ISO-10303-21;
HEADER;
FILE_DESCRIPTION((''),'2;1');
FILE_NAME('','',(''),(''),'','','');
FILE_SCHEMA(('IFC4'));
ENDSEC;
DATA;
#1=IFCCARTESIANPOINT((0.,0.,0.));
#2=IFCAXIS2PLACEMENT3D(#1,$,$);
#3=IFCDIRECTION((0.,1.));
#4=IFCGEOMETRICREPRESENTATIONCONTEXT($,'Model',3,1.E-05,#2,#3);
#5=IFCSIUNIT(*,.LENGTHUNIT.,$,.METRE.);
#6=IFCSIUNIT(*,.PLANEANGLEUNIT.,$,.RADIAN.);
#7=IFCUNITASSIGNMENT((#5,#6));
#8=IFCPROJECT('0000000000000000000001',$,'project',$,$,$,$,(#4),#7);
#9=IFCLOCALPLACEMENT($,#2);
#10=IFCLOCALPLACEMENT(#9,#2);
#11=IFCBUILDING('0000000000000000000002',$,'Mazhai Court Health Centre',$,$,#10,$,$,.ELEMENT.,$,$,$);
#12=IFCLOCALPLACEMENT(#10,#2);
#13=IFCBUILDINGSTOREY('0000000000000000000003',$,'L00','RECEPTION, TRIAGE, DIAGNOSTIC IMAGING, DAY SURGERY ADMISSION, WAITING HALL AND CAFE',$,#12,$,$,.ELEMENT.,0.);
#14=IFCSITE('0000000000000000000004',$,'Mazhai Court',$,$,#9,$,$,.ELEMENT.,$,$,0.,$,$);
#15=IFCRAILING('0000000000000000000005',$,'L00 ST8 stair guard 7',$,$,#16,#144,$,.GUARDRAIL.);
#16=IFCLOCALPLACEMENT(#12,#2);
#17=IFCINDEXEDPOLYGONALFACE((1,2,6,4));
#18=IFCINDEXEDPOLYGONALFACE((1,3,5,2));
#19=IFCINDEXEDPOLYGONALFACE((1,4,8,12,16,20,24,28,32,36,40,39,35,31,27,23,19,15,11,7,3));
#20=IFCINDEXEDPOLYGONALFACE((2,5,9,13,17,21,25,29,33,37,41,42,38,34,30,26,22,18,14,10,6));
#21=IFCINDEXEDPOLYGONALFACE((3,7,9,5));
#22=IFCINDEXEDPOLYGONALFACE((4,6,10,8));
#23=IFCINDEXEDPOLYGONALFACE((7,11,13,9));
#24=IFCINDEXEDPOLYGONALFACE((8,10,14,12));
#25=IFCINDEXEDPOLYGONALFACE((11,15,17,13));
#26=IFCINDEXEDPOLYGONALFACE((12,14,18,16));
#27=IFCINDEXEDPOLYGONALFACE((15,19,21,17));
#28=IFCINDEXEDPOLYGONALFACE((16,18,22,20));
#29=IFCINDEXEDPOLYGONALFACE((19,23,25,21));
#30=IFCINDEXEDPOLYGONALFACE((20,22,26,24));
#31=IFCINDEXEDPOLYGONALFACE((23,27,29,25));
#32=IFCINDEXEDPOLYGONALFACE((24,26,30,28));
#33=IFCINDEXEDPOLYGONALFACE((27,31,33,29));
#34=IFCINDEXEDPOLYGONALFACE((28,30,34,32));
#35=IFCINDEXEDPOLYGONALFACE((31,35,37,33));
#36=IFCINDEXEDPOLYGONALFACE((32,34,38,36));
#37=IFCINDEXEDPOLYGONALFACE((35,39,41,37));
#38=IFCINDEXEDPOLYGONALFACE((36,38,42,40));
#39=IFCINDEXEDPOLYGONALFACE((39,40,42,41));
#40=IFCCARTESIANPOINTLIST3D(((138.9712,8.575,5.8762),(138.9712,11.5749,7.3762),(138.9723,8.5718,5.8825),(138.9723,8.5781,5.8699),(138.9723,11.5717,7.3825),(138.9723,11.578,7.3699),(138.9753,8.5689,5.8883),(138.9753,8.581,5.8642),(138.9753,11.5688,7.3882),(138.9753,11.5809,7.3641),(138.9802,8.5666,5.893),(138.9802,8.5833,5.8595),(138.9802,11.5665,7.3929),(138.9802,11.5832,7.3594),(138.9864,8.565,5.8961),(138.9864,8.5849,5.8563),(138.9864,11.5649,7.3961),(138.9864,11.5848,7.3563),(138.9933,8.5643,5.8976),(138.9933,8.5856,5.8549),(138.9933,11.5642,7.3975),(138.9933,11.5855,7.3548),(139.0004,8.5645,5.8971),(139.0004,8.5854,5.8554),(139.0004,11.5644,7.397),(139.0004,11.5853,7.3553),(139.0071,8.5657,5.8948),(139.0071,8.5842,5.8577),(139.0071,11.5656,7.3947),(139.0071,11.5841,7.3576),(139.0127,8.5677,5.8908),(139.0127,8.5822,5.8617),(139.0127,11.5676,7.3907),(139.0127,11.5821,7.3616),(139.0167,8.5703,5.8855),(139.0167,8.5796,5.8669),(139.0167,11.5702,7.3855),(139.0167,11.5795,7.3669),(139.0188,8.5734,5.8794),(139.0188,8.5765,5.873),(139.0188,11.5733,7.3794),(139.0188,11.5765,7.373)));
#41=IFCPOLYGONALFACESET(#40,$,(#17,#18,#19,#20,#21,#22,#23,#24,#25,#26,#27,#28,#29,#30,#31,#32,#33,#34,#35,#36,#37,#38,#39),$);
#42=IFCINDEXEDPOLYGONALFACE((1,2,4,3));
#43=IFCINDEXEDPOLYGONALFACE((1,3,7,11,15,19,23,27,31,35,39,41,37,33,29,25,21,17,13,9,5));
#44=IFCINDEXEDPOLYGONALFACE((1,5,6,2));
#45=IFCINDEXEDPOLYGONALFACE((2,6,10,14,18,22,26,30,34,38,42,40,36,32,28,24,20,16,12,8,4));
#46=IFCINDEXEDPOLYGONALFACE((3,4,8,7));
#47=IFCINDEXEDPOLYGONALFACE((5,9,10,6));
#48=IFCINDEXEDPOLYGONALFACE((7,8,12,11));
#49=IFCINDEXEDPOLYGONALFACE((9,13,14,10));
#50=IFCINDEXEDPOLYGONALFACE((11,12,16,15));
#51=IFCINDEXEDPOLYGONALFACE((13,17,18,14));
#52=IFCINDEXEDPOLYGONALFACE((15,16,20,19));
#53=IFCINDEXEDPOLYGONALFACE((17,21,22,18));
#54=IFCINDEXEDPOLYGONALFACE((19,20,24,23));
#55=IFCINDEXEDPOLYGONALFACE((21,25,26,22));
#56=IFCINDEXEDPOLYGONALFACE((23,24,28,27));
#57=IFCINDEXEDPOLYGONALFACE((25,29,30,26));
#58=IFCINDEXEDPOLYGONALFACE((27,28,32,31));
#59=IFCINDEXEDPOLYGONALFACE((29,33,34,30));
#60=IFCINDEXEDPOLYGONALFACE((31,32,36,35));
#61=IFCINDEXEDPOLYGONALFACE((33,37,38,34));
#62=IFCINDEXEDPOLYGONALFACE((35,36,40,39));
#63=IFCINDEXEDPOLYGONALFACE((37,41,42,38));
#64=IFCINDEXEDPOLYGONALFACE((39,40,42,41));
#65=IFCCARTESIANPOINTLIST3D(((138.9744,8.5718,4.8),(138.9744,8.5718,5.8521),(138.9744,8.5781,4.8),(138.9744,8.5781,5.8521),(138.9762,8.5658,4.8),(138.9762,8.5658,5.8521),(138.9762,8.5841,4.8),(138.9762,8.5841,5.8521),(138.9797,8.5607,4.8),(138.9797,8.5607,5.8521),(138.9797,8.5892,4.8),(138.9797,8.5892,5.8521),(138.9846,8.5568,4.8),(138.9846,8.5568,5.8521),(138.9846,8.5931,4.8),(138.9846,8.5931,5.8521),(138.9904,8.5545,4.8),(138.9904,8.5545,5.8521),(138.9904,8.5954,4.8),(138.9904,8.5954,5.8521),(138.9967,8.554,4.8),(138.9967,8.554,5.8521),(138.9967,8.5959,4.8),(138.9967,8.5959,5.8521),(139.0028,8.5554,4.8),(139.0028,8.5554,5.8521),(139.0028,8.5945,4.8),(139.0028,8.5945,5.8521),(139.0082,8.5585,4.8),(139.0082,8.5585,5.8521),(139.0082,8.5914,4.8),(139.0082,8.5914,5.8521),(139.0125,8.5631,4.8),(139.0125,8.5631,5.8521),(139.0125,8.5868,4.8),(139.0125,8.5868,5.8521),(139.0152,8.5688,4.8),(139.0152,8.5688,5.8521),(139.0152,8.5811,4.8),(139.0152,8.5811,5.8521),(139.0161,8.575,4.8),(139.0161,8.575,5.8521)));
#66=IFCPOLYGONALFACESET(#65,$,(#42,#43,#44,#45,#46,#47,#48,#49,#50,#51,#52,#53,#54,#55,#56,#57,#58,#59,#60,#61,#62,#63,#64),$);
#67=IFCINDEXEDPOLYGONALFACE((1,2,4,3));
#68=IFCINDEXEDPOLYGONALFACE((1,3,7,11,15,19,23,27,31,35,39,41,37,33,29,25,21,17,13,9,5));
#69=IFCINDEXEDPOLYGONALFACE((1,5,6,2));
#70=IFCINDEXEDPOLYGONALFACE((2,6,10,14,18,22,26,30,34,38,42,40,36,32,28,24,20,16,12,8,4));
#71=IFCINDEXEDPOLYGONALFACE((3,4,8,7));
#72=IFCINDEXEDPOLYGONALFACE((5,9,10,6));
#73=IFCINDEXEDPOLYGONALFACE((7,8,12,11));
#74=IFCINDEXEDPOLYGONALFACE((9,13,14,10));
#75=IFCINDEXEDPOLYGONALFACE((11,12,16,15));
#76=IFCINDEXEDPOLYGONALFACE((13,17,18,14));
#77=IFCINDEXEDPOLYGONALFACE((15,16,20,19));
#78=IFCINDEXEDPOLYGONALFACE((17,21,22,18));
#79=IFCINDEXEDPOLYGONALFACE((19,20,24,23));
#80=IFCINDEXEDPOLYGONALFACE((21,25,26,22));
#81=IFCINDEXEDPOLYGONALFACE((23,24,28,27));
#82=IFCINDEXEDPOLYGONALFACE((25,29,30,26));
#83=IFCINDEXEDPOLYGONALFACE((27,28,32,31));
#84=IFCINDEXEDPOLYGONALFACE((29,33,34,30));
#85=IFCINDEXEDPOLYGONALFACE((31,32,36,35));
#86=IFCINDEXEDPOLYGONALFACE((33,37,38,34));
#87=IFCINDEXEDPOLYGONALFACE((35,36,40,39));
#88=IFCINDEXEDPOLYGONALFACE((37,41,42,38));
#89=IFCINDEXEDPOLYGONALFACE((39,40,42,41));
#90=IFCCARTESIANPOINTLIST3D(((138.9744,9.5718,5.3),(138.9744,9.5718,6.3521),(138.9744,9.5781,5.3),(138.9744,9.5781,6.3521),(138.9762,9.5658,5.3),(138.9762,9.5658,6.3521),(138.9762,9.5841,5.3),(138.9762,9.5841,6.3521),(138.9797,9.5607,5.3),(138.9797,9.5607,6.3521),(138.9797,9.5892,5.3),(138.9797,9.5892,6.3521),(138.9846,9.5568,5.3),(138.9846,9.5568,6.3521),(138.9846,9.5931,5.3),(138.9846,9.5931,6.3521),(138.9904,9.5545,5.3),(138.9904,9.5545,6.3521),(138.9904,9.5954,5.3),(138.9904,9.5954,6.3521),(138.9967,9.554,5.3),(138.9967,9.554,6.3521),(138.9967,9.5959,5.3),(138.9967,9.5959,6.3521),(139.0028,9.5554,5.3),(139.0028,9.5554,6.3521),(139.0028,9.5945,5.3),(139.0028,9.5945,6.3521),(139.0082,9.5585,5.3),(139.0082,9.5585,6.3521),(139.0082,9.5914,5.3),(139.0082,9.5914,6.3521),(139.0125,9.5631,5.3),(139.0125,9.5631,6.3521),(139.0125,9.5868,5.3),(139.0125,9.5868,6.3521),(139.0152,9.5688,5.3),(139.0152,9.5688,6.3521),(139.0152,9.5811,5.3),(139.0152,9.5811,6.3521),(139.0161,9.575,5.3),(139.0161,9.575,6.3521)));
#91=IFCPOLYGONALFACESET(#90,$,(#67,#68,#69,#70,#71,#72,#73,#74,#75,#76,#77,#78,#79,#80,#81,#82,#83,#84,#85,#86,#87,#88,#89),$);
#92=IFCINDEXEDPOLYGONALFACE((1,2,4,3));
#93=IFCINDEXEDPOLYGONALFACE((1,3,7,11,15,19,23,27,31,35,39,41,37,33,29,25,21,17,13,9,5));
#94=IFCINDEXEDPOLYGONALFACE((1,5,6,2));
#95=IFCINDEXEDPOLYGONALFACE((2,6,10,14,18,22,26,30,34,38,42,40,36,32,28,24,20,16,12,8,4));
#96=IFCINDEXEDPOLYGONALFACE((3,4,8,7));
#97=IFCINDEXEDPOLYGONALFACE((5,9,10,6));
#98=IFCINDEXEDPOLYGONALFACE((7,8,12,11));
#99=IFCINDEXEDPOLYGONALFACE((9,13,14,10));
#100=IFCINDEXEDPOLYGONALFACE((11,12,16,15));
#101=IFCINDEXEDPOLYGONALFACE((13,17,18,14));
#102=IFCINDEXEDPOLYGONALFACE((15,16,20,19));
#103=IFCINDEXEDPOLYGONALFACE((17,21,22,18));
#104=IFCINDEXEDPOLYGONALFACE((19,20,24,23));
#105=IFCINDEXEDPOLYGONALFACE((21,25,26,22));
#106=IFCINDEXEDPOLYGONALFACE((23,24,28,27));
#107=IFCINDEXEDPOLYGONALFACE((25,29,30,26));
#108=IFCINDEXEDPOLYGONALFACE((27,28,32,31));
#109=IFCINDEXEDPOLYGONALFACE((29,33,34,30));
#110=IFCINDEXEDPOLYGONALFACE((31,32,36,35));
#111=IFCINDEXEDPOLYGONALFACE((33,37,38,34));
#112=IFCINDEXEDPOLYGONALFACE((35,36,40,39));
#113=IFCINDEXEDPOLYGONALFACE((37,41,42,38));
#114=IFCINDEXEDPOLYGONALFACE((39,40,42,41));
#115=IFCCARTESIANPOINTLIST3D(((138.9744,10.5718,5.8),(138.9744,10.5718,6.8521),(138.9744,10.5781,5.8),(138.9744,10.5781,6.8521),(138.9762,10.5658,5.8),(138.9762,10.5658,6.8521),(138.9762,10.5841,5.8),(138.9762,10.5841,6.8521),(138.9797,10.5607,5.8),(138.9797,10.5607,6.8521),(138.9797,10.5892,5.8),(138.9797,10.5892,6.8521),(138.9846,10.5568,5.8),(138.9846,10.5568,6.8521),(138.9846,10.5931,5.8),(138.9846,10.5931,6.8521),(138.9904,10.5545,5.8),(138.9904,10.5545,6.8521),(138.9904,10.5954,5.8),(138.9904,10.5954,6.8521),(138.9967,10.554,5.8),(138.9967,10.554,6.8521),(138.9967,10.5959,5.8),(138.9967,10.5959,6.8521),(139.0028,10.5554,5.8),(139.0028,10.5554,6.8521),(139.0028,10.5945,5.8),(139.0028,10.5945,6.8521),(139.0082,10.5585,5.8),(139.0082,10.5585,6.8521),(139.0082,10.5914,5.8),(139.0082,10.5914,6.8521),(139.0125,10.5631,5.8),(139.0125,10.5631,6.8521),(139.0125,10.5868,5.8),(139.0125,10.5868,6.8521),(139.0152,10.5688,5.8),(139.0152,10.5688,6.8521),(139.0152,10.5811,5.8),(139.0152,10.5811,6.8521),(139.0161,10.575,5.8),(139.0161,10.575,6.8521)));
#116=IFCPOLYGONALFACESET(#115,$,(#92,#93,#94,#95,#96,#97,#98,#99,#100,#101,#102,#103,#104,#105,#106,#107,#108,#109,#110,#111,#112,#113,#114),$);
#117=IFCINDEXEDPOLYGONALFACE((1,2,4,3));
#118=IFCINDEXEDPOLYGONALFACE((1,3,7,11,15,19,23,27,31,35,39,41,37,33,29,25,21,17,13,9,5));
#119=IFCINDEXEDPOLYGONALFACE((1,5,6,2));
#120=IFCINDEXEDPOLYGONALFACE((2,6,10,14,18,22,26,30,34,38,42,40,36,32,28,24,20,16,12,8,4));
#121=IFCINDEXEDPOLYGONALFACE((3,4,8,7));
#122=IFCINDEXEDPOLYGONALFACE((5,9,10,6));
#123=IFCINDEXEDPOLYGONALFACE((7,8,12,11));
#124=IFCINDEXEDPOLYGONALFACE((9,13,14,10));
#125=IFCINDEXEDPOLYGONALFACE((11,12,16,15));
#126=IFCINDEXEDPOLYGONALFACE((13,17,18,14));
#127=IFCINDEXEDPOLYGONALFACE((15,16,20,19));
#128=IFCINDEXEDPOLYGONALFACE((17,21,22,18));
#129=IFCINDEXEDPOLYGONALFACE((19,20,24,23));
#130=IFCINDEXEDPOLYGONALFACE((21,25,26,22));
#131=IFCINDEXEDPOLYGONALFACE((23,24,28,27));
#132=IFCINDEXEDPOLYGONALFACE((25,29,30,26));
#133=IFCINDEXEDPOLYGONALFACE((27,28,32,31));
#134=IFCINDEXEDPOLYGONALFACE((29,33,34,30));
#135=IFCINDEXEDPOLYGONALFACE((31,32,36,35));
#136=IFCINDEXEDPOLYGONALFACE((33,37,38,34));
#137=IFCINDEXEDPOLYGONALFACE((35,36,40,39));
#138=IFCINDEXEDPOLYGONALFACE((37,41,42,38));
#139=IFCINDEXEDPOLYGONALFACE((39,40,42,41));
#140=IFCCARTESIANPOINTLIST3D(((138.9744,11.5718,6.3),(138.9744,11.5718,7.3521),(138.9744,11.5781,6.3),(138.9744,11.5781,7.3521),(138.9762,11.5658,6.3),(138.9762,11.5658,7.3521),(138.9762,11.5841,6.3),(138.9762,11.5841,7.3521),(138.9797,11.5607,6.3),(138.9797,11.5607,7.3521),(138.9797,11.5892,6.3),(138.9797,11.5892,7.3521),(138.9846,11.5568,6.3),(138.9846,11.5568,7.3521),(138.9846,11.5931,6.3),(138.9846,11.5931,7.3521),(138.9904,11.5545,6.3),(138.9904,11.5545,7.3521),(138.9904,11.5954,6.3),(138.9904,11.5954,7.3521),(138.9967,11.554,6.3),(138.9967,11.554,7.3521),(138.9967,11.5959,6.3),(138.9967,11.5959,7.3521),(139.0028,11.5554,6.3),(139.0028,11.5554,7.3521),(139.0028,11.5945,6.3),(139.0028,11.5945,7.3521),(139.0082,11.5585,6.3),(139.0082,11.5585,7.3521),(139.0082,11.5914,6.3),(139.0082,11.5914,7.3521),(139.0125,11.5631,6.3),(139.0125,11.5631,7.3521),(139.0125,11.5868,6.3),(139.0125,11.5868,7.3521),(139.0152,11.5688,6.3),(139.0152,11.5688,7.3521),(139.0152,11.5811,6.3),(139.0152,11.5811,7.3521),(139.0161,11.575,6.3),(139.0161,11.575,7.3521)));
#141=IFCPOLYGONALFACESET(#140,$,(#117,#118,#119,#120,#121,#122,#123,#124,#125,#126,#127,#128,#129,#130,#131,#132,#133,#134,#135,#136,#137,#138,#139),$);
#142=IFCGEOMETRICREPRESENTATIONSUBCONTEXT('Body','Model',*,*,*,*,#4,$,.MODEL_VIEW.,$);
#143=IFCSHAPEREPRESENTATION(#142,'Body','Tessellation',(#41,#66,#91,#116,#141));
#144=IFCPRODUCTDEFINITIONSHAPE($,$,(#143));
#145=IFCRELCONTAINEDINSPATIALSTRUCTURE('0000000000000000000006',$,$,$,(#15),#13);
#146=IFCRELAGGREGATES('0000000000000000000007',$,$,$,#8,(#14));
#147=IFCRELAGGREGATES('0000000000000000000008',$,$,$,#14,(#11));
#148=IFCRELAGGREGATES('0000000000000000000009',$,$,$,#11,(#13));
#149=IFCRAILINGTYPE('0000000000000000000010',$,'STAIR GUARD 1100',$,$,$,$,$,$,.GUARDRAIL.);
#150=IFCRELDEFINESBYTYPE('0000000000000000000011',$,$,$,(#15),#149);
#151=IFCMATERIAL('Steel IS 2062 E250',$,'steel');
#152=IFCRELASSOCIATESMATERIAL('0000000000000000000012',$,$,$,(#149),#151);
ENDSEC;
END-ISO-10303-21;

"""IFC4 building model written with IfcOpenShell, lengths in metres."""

from ifc_helpers import new_model, si_unit, direction, frame, origin, origin_2d, place, context, subcontext, project, spatial, circle, extrude, material, type_object, element, save


model = new_model("IFC4")

# Units and contexts
model_context = context("Model", 3, precision=1e-05, world=origin(), true_north=direction((0.0, 1.0)))
body_context = subcontext(model_context, "Body", "Model", "MODEL_VIEW")
ifc_project = project(units=[si_unit("LENGTHUNIT", "METRE"), si_unit("PLANEANGLEUNIT", "RADIAN")], contexts=[model_context])

# Site, building, storey
site_placement = place(None, origin())
site = spatial("IfcSite", under=ifc_project, at=site_placement, Name="Mazhai Court", CompositionType="ELEMENT", RefElevation=0.0)
building_placement = place(site_placement, origin())
building = spatial("IfcBuilding", under=site, at=building_placement, Name="Mazhai Court Health Centre", CompositionType="ELEMENT")
storey_placement = place(building_placement, origin())
storey = spatial("IfcBuildingStorey", under=building, at=storey_placement, Name="L00", Description="RECEPTION, TRIAGE, DIAGNOSTIC IMAGING, DAY SURGERY ADMISSION, WAITING HALL AND CAFE", CompositionType="ELEMENT", Elevation=0.0)

# Railing
ifc_material_1 = material(Name="Steel IS 2062 E250", Category="steel")
railing_type_1 = type_object("IfcRailingType", Name="STAIR GUARD 1100", PredefinedType="GUARDRAIL", material=ifc_material_1)
railing_1_placement = place(storey_placement, frame((138.9951, 8.575, 4.8)))
element("IfcRailing", 1, at=railing_1_placement, inside=storey, type_object=railing_type_1, Name="L00 ST8 stair guard 7", PredefinedType="GUARDRAIL", context=body_context, shape_type="SweptSolid", body=[
    extrude(circle(Radius=0.0239, at=origin_2d()), frame((0.0, 0.0, 1.0762), z_axis=(0.0, 0.894427, 0.447214), x_axis=(-1.0, 0.0, 0.0)), (0.0, 0.0, 1.0), 3.354),
    extrude(circle(Radius=0.021, at=origin_2d()), origin(), (0.0, 0.0, 1.0), 1.052),
    extrude(circle(Radius=0.021, at=origin_2d()), frame((0.0, 1.0, 0.5)), (0.0, 0.0, 1.0), 1.052),
    extrude(circle(Radius=0.021, at=origin_2d()), frame((0.0, 2.0, 1.0)), (0.0, 0.0, 1.0), 1.052),
    extrude(circle(Radius=0.021, at=origin_2d()), frame((0.0, 3.0, 1.5)), (0.0, 0.0, 1.0), 1.052),
])

save(model, "model.ifc")
